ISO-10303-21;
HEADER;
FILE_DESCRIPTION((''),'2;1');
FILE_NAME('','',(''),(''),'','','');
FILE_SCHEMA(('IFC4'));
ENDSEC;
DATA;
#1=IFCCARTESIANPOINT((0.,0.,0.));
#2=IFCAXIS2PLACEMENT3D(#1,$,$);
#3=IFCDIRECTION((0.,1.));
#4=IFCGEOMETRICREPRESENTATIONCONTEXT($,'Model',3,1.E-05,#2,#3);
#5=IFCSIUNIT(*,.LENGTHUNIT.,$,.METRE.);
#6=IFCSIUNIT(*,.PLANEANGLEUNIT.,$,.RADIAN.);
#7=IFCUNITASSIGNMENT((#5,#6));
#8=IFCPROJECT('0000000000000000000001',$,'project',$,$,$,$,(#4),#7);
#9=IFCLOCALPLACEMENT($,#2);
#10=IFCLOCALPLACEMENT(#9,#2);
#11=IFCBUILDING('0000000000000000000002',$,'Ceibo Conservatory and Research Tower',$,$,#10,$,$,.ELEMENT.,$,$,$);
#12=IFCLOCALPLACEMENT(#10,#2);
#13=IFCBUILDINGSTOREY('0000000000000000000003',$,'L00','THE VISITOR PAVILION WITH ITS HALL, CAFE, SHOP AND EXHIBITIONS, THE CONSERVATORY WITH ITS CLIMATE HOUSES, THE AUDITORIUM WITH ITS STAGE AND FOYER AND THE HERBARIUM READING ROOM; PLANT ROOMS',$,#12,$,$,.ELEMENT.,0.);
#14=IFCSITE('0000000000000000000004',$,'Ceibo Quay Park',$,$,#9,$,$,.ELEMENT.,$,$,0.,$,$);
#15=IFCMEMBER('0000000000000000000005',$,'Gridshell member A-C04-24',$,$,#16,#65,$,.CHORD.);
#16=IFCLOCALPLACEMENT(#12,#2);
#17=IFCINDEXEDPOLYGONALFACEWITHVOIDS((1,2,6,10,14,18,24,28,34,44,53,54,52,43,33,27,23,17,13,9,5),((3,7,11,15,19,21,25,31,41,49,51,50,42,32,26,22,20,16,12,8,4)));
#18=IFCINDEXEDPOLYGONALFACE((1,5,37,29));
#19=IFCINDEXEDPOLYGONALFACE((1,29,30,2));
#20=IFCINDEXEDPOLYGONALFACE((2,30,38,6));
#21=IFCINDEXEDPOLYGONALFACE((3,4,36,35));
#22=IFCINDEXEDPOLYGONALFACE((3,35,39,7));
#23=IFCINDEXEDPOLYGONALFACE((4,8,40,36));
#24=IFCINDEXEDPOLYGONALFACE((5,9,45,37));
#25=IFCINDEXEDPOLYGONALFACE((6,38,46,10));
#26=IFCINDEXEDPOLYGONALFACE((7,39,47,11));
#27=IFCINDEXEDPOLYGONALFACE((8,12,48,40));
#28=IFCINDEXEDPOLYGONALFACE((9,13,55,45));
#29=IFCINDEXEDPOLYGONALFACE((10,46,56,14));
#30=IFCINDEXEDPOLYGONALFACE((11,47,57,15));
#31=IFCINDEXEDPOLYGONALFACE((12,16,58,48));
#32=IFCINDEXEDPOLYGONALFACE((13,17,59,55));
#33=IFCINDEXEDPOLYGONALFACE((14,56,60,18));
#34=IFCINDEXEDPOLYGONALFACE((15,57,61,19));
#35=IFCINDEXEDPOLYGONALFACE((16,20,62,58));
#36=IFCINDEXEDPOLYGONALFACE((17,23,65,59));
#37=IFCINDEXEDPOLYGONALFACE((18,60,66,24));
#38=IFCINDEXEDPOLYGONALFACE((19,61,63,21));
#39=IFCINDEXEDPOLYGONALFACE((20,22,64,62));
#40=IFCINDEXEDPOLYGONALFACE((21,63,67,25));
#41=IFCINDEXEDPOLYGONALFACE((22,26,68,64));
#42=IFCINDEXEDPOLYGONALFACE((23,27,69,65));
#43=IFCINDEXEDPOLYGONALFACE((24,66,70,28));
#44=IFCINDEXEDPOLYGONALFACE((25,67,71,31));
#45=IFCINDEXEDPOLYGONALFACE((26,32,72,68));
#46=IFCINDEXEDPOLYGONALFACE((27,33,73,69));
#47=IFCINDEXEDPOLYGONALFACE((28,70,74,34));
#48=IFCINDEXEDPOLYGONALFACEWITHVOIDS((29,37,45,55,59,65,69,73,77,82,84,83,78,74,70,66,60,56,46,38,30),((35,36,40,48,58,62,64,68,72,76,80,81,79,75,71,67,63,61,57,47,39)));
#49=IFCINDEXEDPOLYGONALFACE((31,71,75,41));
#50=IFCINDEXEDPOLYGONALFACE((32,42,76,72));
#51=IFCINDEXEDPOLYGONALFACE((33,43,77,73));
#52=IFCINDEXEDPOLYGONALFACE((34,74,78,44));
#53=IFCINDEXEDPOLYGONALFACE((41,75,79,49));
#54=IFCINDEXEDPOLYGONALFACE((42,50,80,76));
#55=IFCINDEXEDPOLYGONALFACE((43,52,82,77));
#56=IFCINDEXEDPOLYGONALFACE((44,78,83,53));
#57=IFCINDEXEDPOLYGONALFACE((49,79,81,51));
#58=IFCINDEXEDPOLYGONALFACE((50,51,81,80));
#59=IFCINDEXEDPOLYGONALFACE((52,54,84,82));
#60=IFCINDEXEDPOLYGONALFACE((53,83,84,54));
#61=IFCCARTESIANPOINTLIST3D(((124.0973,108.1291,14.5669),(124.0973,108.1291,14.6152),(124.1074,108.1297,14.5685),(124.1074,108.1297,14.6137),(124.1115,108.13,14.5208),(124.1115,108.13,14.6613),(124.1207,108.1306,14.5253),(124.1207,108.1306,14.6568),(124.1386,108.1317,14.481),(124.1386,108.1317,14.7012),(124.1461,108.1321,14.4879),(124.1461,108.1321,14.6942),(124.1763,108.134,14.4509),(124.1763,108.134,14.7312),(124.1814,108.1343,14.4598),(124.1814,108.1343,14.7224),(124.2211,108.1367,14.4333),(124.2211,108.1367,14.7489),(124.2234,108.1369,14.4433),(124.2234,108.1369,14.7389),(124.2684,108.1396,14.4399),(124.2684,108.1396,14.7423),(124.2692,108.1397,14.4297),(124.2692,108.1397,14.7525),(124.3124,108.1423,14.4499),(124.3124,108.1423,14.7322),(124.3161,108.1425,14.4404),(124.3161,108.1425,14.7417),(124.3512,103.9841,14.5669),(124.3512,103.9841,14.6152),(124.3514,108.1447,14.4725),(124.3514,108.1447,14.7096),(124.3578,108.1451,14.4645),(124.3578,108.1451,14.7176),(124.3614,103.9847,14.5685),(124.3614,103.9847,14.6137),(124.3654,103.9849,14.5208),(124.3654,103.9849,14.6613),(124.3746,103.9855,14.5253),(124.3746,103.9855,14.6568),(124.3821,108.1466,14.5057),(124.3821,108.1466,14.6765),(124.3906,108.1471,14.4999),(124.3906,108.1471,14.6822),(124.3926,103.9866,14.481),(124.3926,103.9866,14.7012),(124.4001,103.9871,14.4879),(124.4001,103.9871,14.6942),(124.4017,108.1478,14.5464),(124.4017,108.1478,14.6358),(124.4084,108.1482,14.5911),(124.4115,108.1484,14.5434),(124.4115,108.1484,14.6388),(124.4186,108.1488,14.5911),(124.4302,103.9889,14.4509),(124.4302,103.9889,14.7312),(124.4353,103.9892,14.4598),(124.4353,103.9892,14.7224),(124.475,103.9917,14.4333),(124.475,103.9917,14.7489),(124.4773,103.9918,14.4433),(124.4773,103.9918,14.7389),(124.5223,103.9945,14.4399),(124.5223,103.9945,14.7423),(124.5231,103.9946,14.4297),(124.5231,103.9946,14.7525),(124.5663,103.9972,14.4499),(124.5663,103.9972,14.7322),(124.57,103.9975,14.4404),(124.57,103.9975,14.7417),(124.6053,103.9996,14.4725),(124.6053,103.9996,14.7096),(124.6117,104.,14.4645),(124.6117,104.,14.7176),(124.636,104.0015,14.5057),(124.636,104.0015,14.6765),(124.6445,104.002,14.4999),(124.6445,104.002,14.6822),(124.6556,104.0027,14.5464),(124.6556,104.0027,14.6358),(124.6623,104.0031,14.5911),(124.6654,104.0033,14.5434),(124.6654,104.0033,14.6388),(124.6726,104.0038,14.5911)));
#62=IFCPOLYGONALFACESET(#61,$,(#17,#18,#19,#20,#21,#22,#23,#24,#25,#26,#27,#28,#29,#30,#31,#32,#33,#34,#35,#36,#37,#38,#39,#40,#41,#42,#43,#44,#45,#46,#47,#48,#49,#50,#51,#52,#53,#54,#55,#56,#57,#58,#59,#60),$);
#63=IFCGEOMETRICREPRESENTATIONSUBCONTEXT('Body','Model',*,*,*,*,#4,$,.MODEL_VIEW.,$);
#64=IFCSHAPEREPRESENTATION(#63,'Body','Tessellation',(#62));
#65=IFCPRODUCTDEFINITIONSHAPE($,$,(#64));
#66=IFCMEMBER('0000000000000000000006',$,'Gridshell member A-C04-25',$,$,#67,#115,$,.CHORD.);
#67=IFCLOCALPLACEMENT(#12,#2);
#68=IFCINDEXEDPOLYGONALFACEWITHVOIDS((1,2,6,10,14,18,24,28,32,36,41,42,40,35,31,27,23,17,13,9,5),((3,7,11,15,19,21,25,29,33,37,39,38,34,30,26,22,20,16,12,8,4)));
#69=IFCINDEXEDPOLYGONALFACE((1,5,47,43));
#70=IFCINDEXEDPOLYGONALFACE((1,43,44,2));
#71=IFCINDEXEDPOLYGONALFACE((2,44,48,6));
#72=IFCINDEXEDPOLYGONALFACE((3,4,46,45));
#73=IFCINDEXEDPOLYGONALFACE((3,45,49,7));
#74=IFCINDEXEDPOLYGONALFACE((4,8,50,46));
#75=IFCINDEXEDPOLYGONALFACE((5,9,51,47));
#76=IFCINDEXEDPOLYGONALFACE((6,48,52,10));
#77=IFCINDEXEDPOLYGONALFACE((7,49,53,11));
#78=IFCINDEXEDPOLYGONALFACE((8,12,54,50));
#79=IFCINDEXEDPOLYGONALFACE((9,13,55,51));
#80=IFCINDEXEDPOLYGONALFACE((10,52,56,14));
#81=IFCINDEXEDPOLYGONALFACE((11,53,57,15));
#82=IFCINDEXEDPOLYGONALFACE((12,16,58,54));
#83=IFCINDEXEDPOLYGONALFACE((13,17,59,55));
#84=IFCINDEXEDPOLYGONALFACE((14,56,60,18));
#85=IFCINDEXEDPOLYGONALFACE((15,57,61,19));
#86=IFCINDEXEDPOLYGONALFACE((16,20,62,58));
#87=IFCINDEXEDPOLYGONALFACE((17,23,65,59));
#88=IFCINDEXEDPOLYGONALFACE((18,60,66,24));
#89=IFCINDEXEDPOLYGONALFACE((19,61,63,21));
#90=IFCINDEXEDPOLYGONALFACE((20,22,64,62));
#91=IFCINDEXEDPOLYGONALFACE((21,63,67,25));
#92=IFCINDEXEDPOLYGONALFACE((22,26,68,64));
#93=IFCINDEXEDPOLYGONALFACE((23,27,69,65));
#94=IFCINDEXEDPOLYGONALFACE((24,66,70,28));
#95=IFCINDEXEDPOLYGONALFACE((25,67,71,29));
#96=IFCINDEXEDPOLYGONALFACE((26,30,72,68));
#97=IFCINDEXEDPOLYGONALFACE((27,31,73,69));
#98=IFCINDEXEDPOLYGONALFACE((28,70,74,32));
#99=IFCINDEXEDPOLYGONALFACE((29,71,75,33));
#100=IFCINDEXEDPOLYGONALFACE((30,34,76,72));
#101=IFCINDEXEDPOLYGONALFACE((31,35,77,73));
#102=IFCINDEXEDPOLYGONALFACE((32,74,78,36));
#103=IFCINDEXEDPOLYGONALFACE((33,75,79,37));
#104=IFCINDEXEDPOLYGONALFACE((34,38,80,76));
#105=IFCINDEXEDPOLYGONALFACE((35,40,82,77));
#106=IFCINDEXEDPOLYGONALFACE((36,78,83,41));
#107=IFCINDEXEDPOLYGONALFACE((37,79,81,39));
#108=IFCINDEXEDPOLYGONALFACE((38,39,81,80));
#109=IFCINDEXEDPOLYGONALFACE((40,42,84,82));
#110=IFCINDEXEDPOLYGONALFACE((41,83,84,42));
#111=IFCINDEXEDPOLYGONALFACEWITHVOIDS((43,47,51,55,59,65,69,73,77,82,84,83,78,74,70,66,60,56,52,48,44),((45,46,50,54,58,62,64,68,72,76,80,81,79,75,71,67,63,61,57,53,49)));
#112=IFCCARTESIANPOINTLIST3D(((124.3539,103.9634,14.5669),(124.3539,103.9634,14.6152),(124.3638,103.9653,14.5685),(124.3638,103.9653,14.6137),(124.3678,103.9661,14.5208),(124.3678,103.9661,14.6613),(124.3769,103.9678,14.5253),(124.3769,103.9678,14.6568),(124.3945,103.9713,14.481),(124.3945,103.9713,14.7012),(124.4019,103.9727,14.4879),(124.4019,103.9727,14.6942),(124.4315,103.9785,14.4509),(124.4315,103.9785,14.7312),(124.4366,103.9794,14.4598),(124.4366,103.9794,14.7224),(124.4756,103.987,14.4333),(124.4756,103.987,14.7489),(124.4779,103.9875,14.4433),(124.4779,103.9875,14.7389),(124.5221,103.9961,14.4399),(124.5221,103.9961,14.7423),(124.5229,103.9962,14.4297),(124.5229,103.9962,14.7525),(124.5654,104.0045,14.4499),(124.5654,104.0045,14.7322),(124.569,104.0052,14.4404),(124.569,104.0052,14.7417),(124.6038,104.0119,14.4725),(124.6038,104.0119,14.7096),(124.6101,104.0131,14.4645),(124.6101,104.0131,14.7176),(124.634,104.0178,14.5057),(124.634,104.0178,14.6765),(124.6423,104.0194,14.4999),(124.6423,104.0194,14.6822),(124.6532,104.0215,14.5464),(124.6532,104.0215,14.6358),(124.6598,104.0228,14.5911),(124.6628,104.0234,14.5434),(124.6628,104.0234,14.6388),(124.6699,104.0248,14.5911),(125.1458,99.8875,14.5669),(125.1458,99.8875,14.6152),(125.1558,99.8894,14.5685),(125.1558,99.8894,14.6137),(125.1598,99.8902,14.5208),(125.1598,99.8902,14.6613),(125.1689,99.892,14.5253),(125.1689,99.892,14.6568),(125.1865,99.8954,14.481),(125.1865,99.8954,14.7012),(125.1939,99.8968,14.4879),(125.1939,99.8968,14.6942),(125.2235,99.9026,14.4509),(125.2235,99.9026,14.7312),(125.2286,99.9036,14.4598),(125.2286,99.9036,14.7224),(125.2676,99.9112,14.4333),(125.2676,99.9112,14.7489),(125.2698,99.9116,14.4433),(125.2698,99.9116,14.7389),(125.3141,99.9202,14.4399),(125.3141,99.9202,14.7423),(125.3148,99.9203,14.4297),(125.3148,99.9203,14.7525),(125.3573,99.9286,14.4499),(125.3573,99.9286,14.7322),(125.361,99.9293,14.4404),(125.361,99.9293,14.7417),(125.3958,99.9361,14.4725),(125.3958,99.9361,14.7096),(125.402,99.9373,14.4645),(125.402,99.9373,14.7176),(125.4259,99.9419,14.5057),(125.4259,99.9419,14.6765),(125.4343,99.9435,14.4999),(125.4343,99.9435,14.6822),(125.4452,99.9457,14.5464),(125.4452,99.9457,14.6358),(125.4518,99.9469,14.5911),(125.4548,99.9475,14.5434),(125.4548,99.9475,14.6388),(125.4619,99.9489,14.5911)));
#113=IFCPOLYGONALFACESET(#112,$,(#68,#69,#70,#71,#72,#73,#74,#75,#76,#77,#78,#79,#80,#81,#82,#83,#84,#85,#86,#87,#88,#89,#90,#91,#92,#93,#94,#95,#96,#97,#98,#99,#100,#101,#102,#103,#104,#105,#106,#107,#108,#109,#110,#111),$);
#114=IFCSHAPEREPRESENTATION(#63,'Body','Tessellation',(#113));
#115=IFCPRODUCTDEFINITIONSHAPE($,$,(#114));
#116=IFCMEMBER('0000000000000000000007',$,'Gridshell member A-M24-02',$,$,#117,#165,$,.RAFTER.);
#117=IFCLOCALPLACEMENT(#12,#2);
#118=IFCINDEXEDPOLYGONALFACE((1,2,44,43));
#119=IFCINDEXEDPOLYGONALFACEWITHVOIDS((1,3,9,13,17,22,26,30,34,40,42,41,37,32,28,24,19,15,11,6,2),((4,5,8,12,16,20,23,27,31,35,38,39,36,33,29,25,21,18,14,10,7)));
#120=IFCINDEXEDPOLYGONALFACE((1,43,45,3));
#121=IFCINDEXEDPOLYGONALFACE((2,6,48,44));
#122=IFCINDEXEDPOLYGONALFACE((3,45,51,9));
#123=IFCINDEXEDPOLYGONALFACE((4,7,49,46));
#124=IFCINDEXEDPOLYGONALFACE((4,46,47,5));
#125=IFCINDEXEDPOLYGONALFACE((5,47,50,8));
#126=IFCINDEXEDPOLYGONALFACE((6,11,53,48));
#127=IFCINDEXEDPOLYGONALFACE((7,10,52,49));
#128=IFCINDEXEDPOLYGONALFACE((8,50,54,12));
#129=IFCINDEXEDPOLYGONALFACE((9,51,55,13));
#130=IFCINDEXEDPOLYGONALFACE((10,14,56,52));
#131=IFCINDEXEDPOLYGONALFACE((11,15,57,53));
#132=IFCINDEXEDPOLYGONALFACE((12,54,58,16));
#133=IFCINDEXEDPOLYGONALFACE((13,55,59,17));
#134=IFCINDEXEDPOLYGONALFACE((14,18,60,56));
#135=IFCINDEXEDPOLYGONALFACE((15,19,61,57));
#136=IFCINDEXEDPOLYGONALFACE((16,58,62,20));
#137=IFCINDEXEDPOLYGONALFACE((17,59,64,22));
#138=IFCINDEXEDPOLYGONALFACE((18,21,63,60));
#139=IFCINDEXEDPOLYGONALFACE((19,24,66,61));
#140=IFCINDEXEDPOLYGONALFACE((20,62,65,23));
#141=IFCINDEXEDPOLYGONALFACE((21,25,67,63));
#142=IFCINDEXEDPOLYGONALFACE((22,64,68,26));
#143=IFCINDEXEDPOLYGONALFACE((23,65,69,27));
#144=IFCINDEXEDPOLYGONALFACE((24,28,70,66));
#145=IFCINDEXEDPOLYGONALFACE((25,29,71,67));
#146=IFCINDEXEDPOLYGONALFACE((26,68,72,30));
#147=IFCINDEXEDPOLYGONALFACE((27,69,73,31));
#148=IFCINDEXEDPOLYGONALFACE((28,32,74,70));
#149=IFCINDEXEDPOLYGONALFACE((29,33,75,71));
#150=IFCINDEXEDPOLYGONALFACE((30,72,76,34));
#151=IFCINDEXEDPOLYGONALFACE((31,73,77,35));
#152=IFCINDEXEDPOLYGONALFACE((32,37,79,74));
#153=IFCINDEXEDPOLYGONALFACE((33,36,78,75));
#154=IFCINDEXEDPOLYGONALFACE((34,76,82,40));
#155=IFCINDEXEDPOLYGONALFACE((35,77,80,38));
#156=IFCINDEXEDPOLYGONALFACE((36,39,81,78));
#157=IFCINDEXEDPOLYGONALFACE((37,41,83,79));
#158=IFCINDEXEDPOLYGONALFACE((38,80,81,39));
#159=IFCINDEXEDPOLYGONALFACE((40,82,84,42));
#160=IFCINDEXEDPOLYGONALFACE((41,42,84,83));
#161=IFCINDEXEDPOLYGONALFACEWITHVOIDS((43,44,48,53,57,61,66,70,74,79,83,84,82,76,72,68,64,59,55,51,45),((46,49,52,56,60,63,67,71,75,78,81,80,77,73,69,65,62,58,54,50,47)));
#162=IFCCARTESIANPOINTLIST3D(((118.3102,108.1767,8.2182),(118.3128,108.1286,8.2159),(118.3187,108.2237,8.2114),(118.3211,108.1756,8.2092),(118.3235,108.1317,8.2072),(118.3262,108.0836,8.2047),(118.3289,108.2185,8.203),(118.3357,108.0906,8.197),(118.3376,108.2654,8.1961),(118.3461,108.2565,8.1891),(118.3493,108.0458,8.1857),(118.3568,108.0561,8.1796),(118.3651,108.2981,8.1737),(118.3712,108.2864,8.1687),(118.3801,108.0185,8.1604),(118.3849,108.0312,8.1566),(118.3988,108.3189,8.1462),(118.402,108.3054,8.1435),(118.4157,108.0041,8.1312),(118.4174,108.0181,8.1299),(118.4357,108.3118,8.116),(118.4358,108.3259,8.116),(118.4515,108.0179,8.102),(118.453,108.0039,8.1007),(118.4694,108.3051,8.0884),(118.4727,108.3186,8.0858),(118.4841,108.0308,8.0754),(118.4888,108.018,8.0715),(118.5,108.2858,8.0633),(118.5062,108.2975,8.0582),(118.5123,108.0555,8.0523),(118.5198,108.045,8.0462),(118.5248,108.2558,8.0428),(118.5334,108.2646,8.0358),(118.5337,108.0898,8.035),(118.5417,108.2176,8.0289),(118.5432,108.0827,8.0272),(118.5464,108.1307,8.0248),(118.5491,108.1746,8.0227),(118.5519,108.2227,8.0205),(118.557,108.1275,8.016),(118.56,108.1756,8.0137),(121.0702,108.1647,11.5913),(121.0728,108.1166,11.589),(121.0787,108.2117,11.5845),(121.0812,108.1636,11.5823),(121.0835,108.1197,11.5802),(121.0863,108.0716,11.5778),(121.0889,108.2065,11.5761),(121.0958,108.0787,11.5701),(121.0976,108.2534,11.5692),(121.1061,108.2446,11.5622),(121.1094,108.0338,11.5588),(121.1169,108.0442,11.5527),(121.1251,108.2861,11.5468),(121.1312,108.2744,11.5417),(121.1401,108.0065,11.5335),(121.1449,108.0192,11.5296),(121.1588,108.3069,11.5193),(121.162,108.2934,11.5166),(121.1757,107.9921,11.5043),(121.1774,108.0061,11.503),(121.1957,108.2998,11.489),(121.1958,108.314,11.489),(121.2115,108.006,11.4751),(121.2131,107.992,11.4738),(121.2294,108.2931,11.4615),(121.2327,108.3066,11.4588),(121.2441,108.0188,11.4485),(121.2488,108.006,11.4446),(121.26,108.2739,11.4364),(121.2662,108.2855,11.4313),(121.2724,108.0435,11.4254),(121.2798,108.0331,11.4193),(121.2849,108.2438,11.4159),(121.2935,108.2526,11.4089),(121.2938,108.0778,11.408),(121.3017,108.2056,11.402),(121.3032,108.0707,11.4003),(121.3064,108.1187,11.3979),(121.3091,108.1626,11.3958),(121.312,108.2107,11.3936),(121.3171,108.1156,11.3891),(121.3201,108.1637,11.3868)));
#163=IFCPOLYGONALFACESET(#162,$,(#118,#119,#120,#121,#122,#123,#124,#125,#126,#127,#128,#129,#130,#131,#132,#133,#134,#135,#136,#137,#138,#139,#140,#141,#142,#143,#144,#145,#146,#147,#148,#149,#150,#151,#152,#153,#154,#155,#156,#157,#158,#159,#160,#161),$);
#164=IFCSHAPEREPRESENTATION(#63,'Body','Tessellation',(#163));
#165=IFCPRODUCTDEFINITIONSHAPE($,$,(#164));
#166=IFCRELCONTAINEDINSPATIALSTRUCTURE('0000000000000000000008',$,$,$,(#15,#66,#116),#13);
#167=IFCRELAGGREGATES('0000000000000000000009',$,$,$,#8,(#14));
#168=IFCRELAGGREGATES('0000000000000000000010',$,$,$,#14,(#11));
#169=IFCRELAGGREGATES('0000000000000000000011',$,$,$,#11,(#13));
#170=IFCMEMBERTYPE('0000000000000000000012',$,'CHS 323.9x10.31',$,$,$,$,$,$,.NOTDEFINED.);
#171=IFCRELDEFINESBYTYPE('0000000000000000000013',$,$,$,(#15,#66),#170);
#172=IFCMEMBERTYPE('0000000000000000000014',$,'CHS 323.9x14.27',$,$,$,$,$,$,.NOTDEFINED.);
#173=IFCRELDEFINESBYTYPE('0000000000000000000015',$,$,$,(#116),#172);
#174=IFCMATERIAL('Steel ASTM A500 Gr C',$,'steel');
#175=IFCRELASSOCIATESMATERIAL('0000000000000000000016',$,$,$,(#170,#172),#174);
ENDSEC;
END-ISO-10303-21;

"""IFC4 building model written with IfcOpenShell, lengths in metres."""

from ifc_helpers import new_model, si_unit, direction, frame, origin, origin_2d, place, context, subcontext, project, spatial, hollow_circle, extrude, material, material_profile, profile_set, type_object, element, save


model = new_model("IFC4")

# Units and contexts
model_context = context("Model", 3, precision=1e-05, world=origin(), true_north=direction((0.0, 1.0)))
body_context = subcontext(model_context, "Body", "Model", "MODEL_VIEW")
ifc_project = project(units=[si_unit("LENGTHUNIT", "METRE"), si_unit("PLANEANGLEUNIT", "RADIAN")], contexts=[model_context])

# Site, building, storey
site_placement = place(None, origin())
site = spatial("IfcSite", under=ifc_project, at=site_placement, Name="Ceibo Quay Park", CompositionType="ELEMENT", RefElevation=0.0)
building_placement = place(site_placement, origin())
building = spatial("IfcBuilding", under=site, at=building_placement, Name="Ceibo Conservatory and Research Tower", CompositionType="ELEMENT")
storey_placement = place(building_placement, origin())
storey = spatial("IfcBuildingStorey", under=building, at=storey_placement, Name="L00", Description="THE VISITOR PAVILION WITH ITS HALL, CAFE, SHOP AND EXHIBITIONS, THE CONSERVATORY WITH ITS CLIMATE HOUSES, THE AUDITORIUM WITH ITS STAGE AND FOYER AND THE HERBARIUM READING ROOM; PLANT ROOMS", CompositionType="ELEMENT", Elevation=0.0)

# Members
ifc_material_1 = material(Name="Steel ASTM A500 Gr C", Category="steel")
ifc_material_profile_1 = material_profile(ifc_material_1, hollow_circle(Radius=0.1619, WallThickness=0.0103, at=origin_2d()), Name="CHS 323.9x10.31")
ifc_profile_set_1 = profile_set([ifc_material_profile_1], Name="Steel ASTM A500 Gr C")
member_type_1 = type_object("IfcMemberType", Name="CHS 323.9x10.31", PredefinedType="NOTDEFINED", material=ifc_profile_set_1)
member_1_placement = place(storey_placement, frame((124.2571, 108.1389, 14.5911), z_axis=(0.061141, -0.998129, 0.0), x_axis=(0.998129, 0.061141, 0.0)))
element("IfcMember", 1, at=member_1_placement, inside=storey, type_object=member_type_1, Name="Gridshell member A-C04-24", PredefinedType="CHORD", context=body_context, shape_type="SweptSolid", body=[
    extrude(hollow_circle(Radius=0.1619, WallThickness=0.0103, at=origin_2d()), origin(), (0.0, 0.0, 1.0), 4.1528),
])
member_2_placement = place(storey_placement, frame((124.511, 103.9939, 14.5911), z_axis=(0.190742, -0.98164, 0.0), x_axis=(0.98164, 0.190742, 0.0)))
element("IfcMember", 2, at=member_2_placement, inside=storey, type_object=member_type_1, Name="Gridshell member A-C04-25", PredefinedType="CHORD", context=body_context, shape_type="SweptSolid", body=[
    extrude(hollow_circle(Radius=0.1619, WallThickness=0.0103, at=origin_2d()), origin(), (0.0, 0.0, 1.0), 4.1521),
])
ifc_material_profile_2 = material_profile(ifc_material_1, hollow_circle(Radius=0.1619, WallThickness=0.0142, at=origin_2d()), Name="CHS 323.9x14.27")
ifc_profile_set_2 = profile_set([ifc_material_profile_2], Name="Steel ASTM A500 Gr C")
member_type_2 = type_object("IfcMemberType", Name="CHS 323.9x14.27", PredefinedType="NOTDEFINED", material=ifc_profile_set_2)
member_3_placement = place(storey_placement, frame((118.4351, 108.1641, 8.116), z_axis=(0.633269, -0.002745, 0.773927), x_axis=(0.004334, 0.999991, 0.0)))
element("IfcMember", 3, at=member_3_placement, inside=storey, type_object=member_type_2, Name="Gridshell member A-M24-02", PredefinedType="RAFTER", context=body_context, shape_type="SweptSolid", body=[
    extrude(hollow_circle(Radius=0.1619, WallThickness=0.0142, at=origin_2d()), origin(), (0.0, 0.0, 1.0), 4.3584),
])

save(model, "model.ifc")
